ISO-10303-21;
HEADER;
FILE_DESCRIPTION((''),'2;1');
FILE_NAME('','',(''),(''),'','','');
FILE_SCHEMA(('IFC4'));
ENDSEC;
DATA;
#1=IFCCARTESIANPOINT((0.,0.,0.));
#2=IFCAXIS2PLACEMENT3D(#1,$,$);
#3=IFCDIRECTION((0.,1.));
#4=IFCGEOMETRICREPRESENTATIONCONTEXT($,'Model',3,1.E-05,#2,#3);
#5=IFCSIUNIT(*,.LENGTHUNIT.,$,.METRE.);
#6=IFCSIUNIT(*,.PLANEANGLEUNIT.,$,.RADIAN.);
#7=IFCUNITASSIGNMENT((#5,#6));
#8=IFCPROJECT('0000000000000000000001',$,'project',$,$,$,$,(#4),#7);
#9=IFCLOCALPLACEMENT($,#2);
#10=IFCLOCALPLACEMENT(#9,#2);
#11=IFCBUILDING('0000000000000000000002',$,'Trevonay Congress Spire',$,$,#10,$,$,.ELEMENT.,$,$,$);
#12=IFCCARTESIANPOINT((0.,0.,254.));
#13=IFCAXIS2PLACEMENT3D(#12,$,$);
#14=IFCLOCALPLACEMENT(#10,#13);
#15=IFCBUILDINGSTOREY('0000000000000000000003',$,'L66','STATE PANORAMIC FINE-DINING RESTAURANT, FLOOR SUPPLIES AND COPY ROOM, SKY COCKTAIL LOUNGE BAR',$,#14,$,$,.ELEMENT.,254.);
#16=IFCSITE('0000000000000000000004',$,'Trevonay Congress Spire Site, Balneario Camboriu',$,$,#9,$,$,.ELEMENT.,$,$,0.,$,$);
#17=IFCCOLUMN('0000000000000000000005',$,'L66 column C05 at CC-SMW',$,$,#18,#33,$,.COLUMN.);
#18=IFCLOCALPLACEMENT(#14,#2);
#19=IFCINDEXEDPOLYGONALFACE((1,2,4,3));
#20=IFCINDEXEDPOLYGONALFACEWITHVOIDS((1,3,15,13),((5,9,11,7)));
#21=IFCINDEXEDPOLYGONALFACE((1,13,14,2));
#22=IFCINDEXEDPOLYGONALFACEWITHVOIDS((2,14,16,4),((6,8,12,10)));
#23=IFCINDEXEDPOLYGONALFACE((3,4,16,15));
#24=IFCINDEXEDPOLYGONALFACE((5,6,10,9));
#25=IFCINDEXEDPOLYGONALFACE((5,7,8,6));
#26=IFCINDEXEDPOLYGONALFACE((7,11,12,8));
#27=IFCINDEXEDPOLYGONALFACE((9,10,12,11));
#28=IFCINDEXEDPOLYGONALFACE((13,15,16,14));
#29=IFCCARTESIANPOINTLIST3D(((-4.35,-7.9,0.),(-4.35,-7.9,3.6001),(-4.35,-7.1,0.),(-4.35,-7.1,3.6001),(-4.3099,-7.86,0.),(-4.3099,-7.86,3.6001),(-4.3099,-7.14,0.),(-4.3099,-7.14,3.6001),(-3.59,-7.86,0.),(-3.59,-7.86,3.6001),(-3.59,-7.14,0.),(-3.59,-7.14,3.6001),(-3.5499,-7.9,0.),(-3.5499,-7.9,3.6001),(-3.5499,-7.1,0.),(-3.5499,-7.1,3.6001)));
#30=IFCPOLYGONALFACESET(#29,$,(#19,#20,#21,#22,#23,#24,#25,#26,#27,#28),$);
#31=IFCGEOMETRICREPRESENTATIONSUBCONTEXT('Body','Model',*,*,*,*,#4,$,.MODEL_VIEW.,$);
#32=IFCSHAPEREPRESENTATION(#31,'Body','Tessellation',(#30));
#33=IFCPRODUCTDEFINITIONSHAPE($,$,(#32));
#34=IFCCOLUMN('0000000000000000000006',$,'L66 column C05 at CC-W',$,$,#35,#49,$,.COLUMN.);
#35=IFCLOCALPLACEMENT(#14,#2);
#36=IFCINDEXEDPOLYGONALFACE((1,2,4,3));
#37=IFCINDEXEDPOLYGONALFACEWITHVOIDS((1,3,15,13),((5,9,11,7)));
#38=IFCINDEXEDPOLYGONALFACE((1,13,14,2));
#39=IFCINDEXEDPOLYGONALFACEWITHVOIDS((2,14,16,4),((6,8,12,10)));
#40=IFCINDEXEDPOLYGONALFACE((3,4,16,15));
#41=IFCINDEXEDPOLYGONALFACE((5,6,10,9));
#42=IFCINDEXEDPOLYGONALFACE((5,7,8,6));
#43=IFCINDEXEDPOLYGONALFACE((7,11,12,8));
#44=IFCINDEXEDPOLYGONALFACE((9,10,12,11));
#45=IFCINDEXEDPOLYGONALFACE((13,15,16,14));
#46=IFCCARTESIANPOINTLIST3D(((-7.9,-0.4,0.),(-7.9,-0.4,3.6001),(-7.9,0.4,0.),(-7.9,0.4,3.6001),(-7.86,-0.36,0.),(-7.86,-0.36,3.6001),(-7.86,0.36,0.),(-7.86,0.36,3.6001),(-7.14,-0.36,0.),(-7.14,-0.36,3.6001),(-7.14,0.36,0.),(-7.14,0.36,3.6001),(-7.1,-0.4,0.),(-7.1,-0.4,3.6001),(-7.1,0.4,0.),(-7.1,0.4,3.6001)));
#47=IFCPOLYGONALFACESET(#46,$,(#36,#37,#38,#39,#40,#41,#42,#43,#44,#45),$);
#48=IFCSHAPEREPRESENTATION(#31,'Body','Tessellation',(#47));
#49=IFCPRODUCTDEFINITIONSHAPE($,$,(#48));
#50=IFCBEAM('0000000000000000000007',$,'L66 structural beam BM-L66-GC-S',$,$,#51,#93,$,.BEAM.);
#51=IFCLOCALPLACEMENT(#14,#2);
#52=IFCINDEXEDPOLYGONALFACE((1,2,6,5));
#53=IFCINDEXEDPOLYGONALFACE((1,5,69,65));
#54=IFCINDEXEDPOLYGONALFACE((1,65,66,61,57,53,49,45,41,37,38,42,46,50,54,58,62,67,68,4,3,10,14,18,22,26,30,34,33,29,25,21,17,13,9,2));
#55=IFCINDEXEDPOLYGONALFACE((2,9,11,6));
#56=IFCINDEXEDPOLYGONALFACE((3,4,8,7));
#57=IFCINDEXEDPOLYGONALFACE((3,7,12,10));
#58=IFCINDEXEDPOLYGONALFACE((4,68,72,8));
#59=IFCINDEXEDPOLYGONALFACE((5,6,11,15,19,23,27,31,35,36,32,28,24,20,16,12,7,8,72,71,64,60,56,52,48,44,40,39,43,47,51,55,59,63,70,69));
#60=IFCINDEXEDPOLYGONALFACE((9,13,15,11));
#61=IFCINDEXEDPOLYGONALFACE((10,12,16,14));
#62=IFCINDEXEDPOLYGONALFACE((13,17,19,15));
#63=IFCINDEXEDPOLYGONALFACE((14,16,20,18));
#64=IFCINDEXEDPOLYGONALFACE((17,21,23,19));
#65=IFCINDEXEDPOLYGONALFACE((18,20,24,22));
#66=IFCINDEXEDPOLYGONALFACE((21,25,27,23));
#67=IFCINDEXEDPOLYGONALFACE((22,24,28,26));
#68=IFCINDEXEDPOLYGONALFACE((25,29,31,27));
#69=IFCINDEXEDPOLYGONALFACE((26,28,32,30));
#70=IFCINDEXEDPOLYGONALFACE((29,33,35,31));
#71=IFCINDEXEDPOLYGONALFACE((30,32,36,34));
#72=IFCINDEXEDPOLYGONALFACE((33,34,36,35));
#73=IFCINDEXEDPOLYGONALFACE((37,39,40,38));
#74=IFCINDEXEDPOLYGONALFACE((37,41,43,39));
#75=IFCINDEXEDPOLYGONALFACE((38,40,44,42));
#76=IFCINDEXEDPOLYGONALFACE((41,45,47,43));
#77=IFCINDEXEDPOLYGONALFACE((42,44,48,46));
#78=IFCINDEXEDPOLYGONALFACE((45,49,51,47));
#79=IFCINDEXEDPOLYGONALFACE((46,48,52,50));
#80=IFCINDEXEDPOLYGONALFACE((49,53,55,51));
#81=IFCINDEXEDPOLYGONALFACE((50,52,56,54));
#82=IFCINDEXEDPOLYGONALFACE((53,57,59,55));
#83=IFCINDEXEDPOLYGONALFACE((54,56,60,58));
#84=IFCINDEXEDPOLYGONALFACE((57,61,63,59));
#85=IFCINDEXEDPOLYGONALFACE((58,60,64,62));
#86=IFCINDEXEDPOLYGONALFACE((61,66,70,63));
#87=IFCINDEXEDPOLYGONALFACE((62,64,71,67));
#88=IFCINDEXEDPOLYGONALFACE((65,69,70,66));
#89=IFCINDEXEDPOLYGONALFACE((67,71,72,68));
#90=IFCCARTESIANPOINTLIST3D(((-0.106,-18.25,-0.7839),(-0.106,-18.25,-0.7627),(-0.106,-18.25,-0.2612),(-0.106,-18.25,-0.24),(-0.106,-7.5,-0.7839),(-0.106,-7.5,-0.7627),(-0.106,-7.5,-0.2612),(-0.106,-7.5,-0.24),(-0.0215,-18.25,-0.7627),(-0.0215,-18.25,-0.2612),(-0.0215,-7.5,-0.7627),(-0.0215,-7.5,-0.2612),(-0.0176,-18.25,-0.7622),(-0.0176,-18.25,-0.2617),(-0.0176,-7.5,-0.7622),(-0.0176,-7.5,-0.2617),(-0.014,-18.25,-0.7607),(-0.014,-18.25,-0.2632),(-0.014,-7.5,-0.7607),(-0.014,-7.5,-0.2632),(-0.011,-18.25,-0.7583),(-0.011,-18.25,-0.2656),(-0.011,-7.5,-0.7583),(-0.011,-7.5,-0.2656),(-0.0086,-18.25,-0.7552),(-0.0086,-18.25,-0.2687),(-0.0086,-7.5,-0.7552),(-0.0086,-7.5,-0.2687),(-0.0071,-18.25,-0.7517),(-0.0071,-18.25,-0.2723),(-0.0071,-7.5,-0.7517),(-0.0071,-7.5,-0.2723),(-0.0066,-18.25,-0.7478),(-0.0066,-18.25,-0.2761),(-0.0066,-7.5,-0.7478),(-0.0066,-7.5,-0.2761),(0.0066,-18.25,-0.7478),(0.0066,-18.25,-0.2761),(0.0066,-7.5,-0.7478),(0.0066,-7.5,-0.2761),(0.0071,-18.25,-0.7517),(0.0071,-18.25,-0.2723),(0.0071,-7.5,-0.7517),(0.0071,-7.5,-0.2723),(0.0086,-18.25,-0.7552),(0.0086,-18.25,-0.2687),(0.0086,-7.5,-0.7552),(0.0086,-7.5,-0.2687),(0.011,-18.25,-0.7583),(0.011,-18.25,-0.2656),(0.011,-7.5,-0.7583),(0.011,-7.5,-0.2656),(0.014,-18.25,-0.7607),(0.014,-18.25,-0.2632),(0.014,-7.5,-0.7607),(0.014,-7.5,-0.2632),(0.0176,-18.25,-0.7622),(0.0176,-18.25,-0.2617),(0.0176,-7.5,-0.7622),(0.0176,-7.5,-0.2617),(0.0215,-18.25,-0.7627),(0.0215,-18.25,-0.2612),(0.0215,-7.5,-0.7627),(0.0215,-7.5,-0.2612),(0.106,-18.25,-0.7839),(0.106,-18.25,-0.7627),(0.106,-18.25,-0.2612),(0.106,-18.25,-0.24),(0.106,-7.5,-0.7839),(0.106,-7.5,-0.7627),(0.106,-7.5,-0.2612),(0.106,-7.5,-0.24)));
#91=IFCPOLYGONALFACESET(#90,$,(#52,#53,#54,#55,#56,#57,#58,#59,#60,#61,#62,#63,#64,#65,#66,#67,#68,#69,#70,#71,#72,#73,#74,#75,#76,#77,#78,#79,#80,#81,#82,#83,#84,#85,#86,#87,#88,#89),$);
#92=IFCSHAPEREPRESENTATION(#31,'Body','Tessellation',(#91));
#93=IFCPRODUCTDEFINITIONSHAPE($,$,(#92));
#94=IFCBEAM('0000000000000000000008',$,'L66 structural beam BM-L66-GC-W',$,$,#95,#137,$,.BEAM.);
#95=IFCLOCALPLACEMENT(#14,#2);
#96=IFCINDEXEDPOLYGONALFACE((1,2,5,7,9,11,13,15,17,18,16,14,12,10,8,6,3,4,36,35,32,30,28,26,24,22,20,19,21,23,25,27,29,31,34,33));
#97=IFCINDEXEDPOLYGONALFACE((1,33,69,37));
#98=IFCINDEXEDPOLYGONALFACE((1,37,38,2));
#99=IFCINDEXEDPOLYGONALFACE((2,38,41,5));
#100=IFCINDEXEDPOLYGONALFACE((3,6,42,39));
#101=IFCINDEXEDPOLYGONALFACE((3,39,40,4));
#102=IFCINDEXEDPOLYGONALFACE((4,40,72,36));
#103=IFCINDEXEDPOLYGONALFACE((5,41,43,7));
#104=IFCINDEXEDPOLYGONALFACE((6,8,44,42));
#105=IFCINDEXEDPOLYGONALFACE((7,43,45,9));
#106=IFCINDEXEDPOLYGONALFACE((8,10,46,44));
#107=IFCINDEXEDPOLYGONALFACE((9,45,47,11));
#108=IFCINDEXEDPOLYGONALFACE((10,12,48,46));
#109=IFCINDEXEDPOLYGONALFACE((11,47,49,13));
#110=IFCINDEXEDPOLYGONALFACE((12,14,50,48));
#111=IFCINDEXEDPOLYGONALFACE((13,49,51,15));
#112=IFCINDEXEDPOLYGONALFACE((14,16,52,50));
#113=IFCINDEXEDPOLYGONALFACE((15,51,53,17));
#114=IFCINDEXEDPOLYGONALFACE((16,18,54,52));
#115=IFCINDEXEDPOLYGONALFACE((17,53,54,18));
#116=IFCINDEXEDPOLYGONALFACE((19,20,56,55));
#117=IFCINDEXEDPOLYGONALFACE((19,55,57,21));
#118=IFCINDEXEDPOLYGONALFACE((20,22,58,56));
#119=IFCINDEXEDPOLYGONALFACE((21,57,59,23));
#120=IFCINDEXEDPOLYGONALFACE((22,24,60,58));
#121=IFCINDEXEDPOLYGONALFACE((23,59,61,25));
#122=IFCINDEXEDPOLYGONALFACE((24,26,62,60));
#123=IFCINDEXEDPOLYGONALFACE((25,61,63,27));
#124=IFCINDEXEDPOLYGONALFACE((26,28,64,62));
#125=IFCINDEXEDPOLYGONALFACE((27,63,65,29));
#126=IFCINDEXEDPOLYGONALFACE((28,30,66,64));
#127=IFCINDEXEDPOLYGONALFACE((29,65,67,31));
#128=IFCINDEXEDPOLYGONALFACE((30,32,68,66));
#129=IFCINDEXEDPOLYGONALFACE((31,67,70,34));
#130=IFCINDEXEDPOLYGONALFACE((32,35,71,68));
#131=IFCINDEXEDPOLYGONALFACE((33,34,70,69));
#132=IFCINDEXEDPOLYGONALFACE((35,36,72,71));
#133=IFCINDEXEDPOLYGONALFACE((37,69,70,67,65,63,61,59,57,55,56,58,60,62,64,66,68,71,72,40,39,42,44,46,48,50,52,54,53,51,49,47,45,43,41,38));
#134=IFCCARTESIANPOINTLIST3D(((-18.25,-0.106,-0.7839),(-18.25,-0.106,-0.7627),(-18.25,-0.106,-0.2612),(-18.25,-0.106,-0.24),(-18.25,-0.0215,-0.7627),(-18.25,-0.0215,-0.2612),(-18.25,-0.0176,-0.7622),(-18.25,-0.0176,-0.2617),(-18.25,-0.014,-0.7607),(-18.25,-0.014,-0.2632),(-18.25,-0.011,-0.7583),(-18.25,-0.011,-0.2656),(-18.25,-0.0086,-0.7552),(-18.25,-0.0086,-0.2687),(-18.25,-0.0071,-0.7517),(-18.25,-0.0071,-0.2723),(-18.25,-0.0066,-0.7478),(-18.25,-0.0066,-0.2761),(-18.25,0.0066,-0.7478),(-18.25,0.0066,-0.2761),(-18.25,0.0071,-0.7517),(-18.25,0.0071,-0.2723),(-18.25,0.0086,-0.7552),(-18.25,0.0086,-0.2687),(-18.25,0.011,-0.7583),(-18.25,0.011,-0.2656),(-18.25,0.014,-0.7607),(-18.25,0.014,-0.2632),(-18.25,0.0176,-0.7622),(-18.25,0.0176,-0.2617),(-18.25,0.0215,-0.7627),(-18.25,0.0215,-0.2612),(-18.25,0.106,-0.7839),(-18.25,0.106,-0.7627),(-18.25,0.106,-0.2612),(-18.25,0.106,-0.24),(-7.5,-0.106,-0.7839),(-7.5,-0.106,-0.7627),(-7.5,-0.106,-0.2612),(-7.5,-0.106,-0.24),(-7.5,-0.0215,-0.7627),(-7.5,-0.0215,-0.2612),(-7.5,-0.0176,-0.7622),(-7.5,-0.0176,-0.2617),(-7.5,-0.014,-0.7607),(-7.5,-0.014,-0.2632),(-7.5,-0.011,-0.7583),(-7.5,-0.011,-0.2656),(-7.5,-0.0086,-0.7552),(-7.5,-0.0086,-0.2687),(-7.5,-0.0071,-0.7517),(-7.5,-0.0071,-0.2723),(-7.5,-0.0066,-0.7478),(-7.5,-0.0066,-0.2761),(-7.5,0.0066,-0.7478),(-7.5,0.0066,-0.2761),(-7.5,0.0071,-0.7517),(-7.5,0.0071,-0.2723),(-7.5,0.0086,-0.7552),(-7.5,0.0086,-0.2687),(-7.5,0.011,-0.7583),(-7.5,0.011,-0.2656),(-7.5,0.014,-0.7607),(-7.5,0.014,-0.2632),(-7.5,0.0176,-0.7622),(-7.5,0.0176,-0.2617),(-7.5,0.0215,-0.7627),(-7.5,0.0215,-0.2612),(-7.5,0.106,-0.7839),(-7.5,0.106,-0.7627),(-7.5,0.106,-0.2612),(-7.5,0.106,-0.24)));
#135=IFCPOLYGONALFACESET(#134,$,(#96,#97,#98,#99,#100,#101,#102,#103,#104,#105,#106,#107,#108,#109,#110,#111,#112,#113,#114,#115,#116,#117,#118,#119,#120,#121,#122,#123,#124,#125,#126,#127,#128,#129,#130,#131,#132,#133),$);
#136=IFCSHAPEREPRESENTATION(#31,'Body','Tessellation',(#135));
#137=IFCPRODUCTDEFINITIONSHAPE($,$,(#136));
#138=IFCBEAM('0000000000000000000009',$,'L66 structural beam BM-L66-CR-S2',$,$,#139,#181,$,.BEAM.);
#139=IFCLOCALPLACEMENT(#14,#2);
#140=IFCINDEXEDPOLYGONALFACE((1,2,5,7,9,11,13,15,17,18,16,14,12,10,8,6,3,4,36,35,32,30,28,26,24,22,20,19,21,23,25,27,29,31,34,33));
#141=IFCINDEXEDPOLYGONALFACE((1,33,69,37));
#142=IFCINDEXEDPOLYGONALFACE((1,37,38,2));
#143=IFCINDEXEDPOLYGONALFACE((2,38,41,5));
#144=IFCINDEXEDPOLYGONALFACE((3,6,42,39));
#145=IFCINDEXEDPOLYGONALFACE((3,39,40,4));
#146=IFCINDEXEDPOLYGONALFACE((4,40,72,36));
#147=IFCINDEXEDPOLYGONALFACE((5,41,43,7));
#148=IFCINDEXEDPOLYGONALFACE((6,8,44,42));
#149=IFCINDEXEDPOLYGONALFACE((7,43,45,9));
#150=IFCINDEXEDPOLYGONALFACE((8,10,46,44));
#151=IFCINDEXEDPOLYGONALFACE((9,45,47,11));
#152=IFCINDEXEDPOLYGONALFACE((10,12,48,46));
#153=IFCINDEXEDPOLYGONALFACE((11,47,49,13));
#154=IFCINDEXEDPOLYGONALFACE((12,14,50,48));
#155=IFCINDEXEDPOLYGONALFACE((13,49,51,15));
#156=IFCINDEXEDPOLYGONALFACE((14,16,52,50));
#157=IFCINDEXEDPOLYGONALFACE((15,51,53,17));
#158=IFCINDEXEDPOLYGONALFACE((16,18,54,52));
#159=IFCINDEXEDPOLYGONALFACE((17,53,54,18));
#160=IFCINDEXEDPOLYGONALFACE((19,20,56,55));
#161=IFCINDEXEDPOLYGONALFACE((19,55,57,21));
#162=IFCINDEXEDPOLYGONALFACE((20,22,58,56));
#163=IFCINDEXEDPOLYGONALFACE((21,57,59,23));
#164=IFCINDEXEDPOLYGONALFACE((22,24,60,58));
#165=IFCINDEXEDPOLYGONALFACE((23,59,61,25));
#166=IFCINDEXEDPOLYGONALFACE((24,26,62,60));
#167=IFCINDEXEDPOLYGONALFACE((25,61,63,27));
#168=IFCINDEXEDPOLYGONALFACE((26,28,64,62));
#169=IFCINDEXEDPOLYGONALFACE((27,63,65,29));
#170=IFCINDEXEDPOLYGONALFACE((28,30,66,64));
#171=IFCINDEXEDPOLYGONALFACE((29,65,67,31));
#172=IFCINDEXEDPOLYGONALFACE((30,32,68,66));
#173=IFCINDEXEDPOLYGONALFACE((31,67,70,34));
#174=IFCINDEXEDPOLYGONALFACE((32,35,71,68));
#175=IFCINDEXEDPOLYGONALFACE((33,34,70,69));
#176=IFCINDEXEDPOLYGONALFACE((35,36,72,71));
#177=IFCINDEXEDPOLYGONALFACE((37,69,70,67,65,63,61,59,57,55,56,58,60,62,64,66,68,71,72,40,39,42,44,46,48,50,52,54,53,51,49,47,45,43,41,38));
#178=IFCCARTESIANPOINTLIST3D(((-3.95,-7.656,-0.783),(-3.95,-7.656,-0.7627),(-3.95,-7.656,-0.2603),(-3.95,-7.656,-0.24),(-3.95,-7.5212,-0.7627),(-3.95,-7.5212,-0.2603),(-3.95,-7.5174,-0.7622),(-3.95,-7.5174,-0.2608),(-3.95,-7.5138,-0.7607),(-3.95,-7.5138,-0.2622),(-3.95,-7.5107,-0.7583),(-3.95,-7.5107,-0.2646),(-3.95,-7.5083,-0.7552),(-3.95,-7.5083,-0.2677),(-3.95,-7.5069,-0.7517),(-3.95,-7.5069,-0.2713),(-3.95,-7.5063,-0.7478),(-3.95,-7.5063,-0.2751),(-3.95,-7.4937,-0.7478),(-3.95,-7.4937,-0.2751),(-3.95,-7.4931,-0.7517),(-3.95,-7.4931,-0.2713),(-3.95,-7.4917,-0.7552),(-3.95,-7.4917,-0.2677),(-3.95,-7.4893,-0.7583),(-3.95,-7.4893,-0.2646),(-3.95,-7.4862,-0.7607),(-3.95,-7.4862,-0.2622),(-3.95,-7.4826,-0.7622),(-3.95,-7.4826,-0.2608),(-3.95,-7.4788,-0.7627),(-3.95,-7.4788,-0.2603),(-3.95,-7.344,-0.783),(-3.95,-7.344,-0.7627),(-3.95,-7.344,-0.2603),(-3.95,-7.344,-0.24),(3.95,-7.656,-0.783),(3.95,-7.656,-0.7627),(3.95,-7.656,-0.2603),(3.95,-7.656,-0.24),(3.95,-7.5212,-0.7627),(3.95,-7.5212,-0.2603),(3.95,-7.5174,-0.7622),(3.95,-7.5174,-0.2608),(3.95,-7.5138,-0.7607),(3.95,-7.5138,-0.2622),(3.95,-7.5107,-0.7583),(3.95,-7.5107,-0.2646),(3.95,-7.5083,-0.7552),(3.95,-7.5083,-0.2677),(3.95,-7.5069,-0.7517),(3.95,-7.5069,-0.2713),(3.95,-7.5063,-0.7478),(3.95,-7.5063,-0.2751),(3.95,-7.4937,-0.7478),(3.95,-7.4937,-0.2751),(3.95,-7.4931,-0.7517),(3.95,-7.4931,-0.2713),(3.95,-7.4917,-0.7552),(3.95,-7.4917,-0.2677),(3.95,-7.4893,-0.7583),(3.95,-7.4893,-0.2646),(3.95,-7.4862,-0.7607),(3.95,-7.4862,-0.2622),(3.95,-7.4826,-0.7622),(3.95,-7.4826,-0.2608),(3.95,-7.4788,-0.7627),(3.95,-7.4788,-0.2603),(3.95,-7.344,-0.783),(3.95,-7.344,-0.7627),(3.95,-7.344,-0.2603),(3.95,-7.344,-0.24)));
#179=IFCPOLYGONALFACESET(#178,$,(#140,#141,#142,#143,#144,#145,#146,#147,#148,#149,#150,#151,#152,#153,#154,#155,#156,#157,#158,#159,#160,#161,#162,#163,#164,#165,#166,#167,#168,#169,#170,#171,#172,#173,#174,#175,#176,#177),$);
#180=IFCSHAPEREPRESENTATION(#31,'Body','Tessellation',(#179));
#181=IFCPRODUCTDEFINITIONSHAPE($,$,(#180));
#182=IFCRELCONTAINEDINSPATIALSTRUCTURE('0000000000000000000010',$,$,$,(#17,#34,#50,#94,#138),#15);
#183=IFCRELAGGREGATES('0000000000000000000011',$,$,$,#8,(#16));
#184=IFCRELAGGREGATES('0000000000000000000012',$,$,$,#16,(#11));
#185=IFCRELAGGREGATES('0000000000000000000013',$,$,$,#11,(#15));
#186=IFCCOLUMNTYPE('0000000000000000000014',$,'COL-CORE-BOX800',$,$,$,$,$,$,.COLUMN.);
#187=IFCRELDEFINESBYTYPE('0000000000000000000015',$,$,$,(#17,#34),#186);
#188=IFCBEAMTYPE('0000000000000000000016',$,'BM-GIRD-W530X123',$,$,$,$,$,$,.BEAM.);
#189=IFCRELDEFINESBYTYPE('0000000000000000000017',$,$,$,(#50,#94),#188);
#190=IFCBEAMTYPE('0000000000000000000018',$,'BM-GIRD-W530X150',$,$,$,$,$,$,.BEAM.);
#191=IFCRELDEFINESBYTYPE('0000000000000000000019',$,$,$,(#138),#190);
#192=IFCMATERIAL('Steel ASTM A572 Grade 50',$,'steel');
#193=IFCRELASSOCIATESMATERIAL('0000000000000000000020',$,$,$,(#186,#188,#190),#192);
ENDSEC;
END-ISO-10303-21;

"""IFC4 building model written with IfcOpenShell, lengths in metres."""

from ifc_helpers import new_model, si_unit, direction, frame, origin, origin_2d, place, context, subcontext, project, spatial, hollow_rectangle, i_section, extrude, material, material_profile, profile_set, type_object, element, save


model = new_model("IFC4")

# Units and contexts
model_context = context("Model", 3, precision=1e-05, world=origin(), true_north=direction((0.0, 1.0)))
body_context = subcontext(model_context, "Body", "Model", "MODEL_VIEW")
ifc_project = project(units=[si_unit("LENGTHUNIT", "METRE"), si_unit("PLANEANGLEUNIT", "RADIAN")], contexts=[model_context])

# Site, building, storey
site_placement = place(None, origin())
site = spatial("IfcSite", under=ifc_project, at=site_placement, Name="Trevonay Congress Spire Site, Balneario Camboriu", CompositionType="ELEMENT", RefElevation=0.0)
building_placement = place(site_placement, origin())
building = spatial("IfcBuilding", under=site, at=building_placement, Name="Trevonay Congress Spire", CompositionType="ELEMENT")
storey_placement = place(building_placement, frame((0.0, 0.0, 254.0)))
storey = spatial("IfcBuildingStorey", under=building, at=storey_placement, Name="L66", Description="STATE PANORAMIC FINE-DINING RESTAURANT, FLOOR SUPPLIES AND COPY ROOM, SKY COCKTAIL LOUNGE BAR", CompositionType="ELEMENT", Elevation=254.0)

# Columns
ifc_material_1 = material(Name="Steel ASTM A572 Grade 50", Category="steel")
ifc_material_profile_1 = material_profile(ifc_material_1, hollow_rectangle(XDim=0.8, YDim=0.8, WallThickness=0.04, at=origin_2d()), Name="BOX 800x800x40")
ifc_profile_set_1 = profile_set([ifc_material_profile_1], Name="Steel ASTM A572 Grade 50")
column_type = type_object("IfcColumnType", Name="COL-CORE-BOX800", PredefinedType="COLUMN", material=ifc_profile_set_1)
for number, where, z_axis, x_axis, name in (
    (1, (-3.95, -7.5, 0.0), (0.0, 0.0, 1.0), (1.0, 0.0, 0.0), "L66 column C05 at CC-SMW"),
    (2, (-7.5, 0.0, 0.0), (0.0, 0.0, 1.0), (1.0, 0.0, 0.0), "L66 column C05 at CC-W"),
):
    element("IfcColumn", number, at=place(storey_placement, frame(where, z_axis=z_axis, x_axis=x_axis)), inside=storey, type_object=column_type, Name=name, PredefinedType="COLUMN", context=body_context, shape_type="SweptSolid", body=[
        extrude(hollow_rectangle(XDim=0.8, YDim=0.8, WallThickness=0.04, at=origin_2d()), origin(), (0.0, 0.0, 1.0), 3.6001),
    ])

# Beams
ifc_material_profile_2 = material_profile(ifc_material_1, i_section(OverallWidth=0.2119, OverallDepth=0.5439, WebThickness=0.0132, FlangeThickness=0.0212, FilletRadius=0.0149, at=origin_2d()), Name="W530x123")
ifc_profile_set_2 = profile_set([ifc_material_profile_2], Name="Steel ASTM A572 Grade 50")
beam_type_1 = type_object("IfcBeamType", Name="BM-GIRD-W530X123", PredefinedType="BEAM", material=ifc_profile_set_2)
for number, where, z_axis, x_axis, name in (
    (3, (0.0, -7.5, -0.512), (0.0, -1.0, 0.0), (1.0, 0.0, 0.0), "L66 structural beam BM-L66-GC-S"),
    (4, (-7.5, 0.0, -0.512), (-1.0, 0.0, 0.0), (0.0, -1.0, 0.0), "L66 structural beam BM-L66-GC-W"),
):
    element("IfcBeam", number, at=place(storey_placement, frame(where, z_axis=z_axis, x_axis=x_axis)), inside=storey, type_object=beam_type_1, Name=name, PredefinedType="BEAM", context=body_context, shape_type="SweptSolid", body=[
        extrude(i_section(OverallWidth=0.2119, OverallDepth=0.5439, WebThickness=0.0132, FlangeThickness=0.0212, FilletRadius=0.0149, at=origin_2d()), origin(), (0.0, 0.0, 1.0), 10.75),
    ])
ifc_material_profile_3 = material_profile(ifc_material_1, i_section(OverallWidth=0.312, OverallDepth=0.543, WebThickness=0.0127, FlangeThickness=0.0203, FilletRadius=0.0149, at=origin_2d()), Name="W530x150")
ifc_profile_set_3 = profile_set([ifc_material_profile_3], Name="Steel ASTM A572 Grade 50")
beam_type_2 = type_object("IfcBeamType", Name="BM-GIRD-W530X150", PredefinedType="BEAM", material=ifc_profile_set_3)
beam_1_placement = place(storey_placement, frame((-3.95, -7.5, -0.5115), z_axis=(1.0, 0.0, 0.0), x_axis=(0.0, 1.0, 0.0)))
element("IfcBeam", 5, at=beam_1_placement, inside=storey, type_object=beam_type_2, Name="L66 structural beam BM-L66-CR-S2", PredefinedType="BEAM", context=body_context, shape_type="SweptSolid", body=[
    extrude(i_section(OverallWidth=0.312, OverallDepth=0.543, WebThickness=0.0127, FlangeThickness=0.0203, FilletRadius=0.0149, at=origin_2d()), origin(), (0.0, 0.0, 1.0), 7.8999),
])

save(model, "model.ifc")
